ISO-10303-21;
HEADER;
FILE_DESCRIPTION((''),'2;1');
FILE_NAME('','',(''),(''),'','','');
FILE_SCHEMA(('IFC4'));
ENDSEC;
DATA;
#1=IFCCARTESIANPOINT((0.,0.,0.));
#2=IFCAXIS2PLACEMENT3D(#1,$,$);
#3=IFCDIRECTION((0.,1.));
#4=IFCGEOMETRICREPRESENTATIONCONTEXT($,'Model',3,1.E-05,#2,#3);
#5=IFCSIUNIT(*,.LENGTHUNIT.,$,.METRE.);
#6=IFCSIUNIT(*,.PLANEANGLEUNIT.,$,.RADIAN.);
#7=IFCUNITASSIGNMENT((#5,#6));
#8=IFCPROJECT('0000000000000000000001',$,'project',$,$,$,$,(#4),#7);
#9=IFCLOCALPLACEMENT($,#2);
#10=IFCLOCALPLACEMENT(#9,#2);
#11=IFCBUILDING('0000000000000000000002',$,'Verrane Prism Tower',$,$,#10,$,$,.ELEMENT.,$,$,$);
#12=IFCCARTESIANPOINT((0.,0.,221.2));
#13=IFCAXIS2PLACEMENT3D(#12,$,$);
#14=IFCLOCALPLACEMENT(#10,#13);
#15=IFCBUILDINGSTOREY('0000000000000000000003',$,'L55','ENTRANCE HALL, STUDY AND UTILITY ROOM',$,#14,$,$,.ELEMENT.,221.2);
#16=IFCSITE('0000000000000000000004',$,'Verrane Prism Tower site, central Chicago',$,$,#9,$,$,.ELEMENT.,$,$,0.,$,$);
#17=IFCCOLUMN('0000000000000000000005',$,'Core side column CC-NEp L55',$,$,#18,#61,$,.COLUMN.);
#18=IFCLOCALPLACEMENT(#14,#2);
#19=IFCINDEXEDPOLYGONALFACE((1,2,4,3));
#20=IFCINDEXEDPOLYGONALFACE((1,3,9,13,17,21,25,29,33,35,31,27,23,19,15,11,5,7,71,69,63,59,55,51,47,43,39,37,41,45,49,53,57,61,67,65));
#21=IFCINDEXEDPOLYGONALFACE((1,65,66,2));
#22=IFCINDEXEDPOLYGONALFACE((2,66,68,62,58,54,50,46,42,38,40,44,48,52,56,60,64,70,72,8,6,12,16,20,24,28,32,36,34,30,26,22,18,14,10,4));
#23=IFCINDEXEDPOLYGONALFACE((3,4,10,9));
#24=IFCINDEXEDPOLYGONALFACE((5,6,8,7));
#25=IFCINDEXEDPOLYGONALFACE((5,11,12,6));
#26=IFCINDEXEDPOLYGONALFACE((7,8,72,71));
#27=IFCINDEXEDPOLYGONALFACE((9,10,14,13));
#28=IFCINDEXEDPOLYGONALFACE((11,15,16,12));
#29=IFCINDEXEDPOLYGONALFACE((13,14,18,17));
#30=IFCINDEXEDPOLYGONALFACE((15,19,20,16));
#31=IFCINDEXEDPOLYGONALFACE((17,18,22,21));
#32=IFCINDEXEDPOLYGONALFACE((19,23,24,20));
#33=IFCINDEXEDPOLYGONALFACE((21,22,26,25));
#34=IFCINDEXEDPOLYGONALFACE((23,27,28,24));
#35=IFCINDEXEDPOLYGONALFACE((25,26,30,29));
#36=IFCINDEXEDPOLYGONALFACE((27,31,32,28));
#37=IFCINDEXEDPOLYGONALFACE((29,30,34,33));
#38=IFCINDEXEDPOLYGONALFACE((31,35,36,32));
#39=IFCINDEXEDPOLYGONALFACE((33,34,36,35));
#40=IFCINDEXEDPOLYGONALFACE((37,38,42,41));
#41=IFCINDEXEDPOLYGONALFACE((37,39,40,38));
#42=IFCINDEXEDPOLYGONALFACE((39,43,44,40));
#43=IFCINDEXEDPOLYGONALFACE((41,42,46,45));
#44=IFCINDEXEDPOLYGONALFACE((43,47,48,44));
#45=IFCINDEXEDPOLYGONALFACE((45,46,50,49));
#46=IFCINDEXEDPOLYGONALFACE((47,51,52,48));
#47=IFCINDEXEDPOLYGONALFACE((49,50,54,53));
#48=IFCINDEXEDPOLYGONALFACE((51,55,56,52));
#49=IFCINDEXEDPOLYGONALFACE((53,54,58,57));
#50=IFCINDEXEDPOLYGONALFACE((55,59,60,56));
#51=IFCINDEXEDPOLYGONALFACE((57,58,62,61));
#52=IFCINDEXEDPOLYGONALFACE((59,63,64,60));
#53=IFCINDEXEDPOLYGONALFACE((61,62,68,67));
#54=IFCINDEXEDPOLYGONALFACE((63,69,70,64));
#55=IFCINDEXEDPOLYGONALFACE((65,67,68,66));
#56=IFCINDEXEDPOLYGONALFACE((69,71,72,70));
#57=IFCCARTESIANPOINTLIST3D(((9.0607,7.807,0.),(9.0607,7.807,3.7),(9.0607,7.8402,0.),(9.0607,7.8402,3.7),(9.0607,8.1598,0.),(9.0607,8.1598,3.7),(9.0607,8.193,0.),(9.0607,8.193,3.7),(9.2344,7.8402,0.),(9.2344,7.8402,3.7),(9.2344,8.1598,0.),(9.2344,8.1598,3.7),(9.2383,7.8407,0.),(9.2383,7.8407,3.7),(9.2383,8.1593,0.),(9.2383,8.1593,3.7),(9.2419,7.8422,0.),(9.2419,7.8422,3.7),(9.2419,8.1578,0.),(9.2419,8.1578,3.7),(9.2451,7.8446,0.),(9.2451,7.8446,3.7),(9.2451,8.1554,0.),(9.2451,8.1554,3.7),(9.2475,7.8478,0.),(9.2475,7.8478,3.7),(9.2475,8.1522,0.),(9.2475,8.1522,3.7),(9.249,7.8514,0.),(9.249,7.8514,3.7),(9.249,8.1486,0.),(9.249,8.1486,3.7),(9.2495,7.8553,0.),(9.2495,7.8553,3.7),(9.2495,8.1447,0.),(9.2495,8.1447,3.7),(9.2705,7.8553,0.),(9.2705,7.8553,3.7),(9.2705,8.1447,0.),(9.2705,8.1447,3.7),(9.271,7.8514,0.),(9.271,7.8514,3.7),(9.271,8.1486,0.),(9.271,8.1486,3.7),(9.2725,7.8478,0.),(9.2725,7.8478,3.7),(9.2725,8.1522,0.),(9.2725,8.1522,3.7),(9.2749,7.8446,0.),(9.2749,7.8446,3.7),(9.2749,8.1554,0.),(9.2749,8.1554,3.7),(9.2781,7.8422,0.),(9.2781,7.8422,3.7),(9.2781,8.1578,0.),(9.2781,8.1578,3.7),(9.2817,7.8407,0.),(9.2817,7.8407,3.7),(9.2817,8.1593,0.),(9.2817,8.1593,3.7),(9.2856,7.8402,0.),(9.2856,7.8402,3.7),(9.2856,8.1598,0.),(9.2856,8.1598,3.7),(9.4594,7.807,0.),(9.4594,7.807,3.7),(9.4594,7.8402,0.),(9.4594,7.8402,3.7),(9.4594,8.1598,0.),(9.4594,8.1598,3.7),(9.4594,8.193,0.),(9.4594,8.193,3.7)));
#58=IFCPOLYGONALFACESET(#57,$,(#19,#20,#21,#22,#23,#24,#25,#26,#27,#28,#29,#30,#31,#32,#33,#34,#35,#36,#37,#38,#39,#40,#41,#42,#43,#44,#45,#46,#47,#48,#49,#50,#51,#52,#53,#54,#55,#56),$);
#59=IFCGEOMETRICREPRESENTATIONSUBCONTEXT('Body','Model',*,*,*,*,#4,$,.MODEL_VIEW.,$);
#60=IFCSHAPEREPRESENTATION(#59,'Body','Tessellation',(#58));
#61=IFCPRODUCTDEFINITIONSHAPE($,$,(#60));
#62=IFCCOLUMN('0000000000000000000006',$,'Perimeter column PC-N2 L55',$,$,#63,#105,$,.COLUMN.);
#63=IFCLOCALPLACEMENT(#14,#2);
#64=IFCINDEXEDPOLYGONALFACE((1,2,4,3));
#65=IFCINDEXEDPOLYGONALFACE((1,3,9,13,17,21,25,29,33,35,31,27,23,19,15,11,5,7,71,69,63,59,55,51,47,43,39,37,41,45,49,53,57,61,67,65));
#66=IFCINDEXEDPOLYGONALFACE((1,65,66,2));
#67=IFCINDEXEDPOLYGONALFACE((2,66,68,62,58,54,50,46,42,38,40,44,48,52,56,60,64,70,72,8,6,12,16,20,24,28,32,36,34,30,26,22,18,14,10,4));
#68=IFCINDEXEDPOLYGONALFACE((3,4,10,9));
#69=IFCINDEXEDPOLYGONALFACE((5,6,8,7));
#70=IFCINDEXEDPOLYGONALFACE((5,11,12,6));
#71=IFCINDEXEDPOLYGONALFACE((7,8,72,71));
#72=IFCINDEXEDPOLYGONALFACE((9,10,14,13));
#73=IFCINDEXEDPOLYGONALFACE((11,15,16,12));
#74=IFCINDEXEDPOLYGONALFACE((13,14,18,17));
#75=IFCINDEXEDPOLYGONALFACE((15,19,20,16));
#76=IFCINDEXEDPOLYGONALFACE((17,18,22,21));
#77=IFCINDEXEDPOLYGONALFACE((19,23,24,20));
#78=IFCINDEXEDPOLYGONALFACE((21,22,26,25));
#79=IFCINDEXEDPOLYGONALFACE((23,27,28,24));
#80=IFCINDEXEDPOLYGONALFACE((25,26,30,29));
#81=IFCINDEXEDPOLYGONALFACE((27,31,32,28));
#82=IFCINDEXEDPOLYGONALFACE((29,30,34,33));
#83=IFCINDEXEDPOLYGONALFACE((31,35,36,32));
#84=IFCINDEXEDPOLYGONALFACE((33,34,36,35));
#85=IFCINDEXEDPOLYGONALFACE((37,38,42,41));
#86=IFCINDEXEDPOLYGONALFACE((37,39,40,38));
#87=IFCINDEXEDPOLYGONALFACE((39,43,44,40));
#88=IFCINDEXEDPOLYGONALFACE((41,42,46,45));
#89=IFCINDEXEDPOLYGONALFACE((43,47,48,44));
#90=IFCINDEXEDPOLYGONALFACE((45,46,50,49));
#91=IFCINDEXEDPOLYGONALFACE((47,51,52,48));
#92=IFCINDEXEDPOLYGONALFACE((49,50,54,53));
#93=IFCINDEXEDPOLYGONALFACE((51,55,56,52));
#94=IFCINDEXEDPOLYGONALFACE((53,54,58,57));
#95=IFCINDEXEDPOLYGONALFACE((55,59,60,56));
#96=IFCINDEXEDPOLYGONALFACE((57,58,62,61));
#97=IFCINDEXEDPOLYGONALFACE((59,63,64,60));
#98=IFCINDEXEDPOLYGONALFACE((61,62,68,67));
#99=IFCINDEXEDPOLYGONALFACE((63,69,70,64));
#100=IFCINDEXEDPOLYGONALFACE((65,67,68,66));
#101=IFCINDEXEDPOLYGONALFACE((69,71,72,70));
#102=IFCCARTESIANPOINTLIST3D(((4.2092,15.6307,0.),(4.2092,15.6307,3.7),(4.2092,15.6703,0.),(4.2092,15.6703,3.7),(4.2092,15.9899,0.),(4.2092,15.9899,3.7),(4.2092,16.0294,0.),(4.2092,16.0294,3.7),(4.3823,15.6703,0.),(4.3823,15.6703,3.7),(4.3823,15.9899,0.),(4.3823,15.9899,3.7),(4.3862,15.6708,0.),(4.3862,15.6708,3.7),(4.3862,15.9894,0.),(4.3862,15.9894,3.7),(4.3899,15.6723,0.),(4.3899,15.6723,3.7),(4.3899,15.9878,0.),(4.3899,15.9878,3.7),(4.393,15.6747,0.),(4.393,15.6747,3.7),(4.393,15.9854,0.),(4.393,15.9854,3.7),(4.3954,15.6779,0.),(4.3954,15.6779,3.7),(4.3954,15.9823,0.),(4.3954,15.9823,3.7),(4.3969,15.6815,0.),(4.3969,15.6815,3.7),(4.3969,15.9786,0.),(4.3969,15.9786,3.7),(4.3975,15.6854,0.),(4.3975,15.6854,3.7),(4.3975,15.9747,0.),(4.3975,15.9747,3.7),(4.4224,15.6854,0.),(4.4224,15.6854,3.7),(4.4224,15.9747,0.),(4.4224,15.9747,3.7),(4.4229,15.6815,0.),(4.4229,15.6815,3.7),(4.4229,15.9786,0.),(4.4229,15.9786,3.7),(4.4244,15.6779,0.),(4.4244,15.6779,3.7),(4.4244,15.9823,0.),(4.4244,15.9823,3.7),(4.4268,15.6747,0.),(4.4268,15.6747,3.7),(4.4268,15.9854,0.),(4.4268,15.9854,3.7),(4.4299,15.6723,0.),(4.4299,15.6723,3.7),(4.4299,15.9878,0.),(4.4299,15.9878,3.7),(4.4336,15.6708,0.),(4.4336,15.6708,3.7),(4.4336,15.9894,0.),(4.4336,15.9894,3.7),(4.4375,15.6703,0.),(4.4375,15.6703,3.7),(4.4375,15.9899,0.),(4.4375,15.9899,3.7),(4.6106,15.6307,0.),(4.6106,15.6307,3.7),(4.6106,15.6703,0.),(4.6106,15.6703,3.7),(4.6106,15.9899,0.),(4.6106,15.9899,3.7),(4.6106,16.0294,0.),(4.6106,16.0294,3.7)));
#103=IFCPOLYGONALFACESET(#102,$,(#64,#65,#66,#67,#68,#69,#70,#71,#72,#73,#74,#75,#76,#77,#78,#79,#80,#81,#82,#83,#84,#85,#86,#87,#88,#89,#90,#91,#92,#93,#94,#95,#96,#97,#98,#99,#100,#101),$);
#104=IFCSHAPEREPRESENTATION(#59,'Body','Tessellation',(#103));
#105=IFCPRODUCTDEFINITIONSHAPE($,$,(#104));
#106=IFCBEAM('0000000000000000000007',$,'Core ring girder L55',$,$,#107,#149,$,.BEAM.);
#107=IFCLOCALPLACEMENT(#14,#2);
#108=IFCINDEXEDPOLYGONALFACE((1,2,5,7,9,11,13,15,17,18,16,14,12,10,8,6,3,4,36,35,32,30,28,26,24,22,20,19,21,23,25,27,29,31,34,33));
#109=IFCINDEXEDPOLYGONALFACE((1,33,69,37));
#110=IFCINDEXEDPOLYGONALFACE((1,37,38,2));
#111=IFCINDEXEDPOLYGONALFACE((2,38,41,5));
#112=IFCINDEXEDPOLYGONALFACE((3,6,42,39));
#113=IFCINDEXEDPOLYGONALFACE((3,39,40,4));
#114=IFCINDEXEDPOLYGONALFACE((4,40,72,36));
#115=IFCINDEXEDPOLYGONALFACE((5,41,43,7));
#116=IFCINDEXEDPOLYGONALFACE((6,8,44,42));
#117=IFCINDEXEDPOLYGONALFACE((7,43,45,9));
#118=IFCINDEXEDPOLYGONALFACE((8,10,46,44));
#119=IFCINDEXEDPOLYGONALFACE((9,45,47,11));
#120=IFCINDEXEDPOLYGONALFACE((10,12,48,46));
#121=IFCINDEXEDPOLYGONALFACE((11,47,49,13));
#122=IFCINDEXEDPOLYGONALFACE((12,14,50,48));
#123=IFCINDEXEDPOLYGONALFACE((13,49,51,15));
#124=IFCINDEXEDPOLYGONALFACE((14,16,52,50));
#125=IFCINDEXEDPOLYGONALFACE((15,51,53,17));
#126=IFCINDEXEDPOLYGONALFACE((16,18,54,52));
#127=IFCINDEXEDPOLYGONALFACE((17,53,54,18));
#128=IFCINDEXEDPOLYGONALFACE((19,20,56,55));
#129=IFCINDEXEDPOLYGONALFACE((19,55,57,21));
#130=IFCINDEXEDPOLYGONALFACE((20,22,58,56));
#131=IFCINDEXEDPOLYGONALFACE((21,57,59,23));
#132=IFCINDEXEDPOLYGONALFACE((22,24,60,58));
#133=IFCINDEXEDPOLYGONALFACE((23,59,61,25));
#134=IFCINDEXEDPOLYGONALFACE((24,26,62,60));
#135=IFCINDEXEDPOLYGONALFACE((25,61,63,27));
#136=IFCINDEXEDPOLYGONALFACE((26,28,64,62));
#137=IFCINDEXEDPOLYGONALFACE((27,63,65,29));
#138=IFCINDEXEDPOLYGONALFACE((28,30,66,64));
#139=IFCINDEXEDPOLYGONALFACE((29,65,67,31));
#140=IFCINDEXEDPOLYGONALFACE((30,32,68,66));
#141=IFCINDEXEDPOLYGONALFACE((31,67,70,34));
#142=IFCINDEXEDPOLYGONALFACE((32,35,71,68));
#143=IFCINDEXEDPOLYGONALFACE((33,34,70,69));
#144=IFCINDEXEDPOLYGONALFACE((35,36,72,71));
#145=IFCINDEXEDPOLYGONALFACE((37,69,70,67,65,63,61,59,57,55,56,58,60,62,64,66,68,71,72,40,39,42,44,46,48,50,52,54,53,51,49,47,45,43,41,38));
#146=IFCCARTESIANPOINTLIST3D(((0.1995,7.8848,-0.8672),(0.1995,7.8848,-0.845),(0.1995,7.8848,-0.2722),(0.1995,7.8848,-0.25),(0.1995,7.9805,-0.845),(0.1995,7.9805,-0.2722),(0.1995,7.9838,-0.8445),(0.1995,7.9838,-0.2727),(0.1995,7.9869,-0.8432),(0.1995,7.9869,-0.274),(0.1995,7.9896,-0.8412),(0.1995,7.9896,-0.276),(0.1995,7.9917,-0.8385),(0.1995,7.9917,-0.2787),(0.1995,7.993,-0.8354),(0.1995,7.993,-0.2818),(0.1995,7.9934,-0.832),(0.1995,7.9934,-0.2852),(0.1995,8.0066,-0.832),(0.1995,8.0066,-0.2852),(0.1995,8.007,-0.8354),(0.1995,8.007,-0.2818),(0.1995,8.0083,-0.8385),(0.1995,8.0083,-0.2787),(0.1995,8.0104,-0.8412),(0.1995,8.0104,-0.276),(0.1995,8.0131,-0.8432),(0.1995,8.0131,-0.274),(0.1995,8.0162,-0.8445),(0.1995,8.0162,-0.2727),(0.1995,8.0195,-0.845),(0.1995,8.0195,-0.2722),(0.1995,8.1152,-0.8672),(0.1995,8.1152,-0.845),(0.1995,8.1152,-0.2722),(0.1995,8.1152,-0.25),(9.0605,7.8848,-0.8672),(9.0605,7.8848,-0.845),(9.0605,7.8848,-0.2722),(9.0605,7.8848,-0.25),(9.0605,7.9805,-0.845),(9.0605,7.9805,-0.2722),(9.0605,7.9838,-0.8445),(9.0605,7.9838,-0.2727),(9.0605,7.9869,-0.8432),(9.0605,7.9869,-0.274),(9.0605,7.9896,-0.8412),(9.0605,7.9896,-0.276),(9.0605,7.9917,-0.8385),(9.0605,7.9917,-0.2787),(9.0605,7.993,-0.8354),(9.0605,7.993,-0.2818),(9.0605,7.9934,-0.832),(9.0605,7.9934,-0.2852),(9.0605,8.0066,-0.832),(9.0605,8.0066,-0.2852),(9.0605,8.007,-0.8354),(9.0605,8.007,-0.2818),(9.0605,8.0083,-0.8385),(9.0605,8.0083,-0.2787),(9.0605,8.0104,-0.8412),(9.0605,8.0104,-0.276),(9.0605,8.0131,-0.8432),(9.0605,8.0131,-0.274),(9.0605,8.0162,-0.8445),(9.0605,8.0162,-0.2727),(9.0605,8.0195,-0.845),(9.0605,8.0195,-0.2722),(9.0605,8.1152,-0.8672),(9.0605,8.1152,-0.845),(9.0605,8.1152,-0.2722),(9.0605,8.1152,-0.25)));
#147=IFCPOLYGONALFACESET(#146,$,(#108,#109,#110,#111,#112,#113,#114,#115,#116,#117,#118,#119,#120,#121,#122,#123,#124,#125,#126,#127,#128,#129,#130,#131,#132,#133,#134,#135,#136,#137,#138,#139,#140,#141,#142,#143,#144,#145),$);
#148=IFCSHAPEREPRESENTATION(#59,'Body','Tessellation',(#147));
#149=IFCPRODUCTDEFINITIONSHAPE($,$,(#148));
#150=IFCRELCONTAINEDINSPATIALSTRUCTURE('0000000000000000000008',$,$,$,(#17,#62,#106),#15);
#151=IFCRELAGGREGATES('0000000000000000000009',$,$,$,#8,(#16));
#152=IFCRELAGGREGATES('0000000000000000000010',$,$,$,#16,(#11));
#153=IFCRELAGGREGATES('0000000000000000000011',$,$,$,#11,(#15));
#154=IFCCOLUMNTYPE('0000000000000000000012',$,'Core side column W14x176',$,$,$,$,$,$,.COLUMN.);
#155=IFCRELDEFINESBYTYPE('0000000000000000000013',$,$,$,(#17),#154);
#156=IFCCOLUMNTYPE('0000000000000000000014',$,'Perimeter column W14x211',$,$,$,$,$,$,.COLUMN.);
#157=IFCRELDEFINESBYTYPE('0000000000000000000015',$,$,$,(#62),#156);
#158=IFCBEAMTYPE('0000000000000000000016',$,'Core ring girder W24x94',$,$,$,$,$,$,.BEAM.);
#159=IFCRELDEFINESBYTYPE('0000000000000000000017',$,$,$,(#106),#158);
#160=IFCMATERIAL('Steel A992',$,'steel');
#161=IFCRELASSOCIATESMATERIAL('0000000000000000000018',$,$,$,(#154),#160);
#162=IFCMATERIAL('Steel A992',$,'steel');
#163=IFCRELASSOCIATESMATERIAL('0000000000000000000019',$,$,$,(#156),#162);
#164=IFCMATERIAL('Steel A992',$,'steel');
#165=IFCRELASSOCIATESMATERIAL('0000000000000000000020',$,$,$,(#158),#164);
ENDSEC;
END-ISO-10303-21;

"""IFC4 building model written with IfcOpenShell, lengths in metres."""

from ifc_helpers import new_model, si_unit, direction, frame, origin, origin_2d, place, context, subcontext, project, spatial, i_section, extrude, material, material_profile, profile_set, type_object, element, save


model = new_model("IFC4")

# Units and contexts
model_context = context("Model", 3, precision=1e-05, world=origin(), true_north=direction((0.0, 1.0)))
body_context = subcontext(model_context, "Body", "Model", "MODEL_VIEW")
ifc_project = project(units=[si_unit("LENGTHUNIT", "METRE"), si_unit("PLANEANGLEUNIT", "RADIAN")], contexts=[model_context])

# Site, building, storey
site_placement = place(None, origin())
site = spatial("IfcSite", under=ifc_project, at=site_placement, Name="Verrane Prism Tower site, central Chicago", CompositionType="ELEMENT", RefElevation=0.0)
building_placement = place(site_placement, origin())
building = spatial("IfcBuilding", under=site, at=building_placement, Name="Verrane Prism Tower", CompositionType="ELEMENT")
storey_placement = place(building_placement, frame((0.0, 0.0, 221.2)))
storey = spatial("IfcBuildingStorey", under=building, at=storey_placement, Name="L55", Description="ENTRANCE HALL, STUDY AND UTILITY ROOM", CompositionType="ELEMENT", Elevation=221.2)

# Columns
ifc_material_1 = material(Name="Steel A992", Category="steel")
ifc_material_profile_1 = material_profile(ifc_material_1, i_section(OverallWidth=0.3987, OverallDepth=0.386, WebThickness=0.021, FlangeThickness=0.0332, FilletRadius=0.0151, at=origin_2d()), Name="W14x176")
ifc_profile_set_1 = profile_set([ifc_material_profile_1], Name="Steel A992")
column_type_1 = type_object("IfcColumnType", Name="Core side column W14x176", PredefinedType="COLUMN", material=ifc_profile_set_1)
column_1_placement = place(storey_placement, frame((9.26, 8.0, 0.0), z_axis=(0.0, 0.0, 1.0), x_axis=(1.0, 0.0, 0.0)))
element("IfcColumn", 1, at=column_1_placement, inside=storey, type_object=column_type_1, Name="Core side column CC-NEp L55", PredefinedType="COLUMN", context=body_context, shape_type="SweptSolid", body=[
    extrude(i_section(OverallWidth=0.3987, OverallDepth=0.386, WebThickness=0.021, FlangeThickness=0.0332, FilletRadius=0.0151, at=origin_2d()), origin(), (0.0, 0.0, 1.0), 3.7),
])
ifc_material_2 = material(Name="Steel A992", Category="steel")
ifc_material_profile_2 = material_profile(ifc_material_2, i_section(OverallWidth=0.4014, OverallDepth=0.3987, WebThickness=0.0249, FlangeThickness=0.0396, FilletRadius=0.0151, at=origin_2d()), Name="W14x211")
ifc_profile_set_2 = profile_set([ifc_material_profile_2], Name="Steel A992")
column_type_2 = type_object("IfcColumnType", Name="Perimeter column W14x211", PredefinedType="COLUMN", material=ifc_profile_set_2)
column_2_placement = place(storey_placement, frame((4.4099, 15.8301, 0.0), z_axis=(0.0, 0.0, 1.0), x_axis=(1.0, 0.0, 0.0)))
element("IfcColumn", 2, at=column_2_placement, inside=storey, type_object=column_type_2, Name="Perimeter column PC-N2 L55", PredefinedType="COLUMN", context=body_context, shape_type="SweptSolid", body=[
    extrude(i_section(OverallWidth=0.4014, OverallDepth=0.3987, WebThickness=0.0249, FlangeThickness=0.0396, FilletRadius=0.0151, at=origin_2d()), origin(), (0.0, 0.0, 1.0), 3.7),
])

# Beam
ifc_material_3 = material(Name="Steel A992", Category="steel")
ifc_material_profile_3 = material_profile(ifc_material_3, i_section(OverallWidth=0.2305, OverallDepth=0.6172, WebThickness=0.0132, FlangeThickness=0.0222, FilletRadius=0.0129, at=origin_2d()), Name="W24x94")
ifc_profile_set_3 = profile_set([ifc_material_profile_3], Name="Steel A992")
beam_type_1 = type_object("IfcBeamType", Name="Core ring girder W24x94", PredefinedType="BEAM", material=ifc_profile_set_3)
beam_1_placement = place(storey_placement, frame((9.0605, 8.0, -0.5586), z_axis=(-1.0, 0.0, 0.0), x_axis=(0.0, -1.0, 0.0)))
element("IfcBeam", 3, at=beam_1_placement, inside=storey, type_object=beam_type_1, Name="Core ring girder L55", PredefinedType="BEAM", context=body_context, shape_type="SweptSolid", body=[
    extrude(i_section(OverallWidth=0.2305, OverallDepth=0.6172, WebThickness=0.0132, FlangeThickness=0.0222, FilletRadius=0.0129, at=origin_2d()), origin(), (0.0, 0.0, 1.0), 8.8611),
])

save(model, "model.ifc")
